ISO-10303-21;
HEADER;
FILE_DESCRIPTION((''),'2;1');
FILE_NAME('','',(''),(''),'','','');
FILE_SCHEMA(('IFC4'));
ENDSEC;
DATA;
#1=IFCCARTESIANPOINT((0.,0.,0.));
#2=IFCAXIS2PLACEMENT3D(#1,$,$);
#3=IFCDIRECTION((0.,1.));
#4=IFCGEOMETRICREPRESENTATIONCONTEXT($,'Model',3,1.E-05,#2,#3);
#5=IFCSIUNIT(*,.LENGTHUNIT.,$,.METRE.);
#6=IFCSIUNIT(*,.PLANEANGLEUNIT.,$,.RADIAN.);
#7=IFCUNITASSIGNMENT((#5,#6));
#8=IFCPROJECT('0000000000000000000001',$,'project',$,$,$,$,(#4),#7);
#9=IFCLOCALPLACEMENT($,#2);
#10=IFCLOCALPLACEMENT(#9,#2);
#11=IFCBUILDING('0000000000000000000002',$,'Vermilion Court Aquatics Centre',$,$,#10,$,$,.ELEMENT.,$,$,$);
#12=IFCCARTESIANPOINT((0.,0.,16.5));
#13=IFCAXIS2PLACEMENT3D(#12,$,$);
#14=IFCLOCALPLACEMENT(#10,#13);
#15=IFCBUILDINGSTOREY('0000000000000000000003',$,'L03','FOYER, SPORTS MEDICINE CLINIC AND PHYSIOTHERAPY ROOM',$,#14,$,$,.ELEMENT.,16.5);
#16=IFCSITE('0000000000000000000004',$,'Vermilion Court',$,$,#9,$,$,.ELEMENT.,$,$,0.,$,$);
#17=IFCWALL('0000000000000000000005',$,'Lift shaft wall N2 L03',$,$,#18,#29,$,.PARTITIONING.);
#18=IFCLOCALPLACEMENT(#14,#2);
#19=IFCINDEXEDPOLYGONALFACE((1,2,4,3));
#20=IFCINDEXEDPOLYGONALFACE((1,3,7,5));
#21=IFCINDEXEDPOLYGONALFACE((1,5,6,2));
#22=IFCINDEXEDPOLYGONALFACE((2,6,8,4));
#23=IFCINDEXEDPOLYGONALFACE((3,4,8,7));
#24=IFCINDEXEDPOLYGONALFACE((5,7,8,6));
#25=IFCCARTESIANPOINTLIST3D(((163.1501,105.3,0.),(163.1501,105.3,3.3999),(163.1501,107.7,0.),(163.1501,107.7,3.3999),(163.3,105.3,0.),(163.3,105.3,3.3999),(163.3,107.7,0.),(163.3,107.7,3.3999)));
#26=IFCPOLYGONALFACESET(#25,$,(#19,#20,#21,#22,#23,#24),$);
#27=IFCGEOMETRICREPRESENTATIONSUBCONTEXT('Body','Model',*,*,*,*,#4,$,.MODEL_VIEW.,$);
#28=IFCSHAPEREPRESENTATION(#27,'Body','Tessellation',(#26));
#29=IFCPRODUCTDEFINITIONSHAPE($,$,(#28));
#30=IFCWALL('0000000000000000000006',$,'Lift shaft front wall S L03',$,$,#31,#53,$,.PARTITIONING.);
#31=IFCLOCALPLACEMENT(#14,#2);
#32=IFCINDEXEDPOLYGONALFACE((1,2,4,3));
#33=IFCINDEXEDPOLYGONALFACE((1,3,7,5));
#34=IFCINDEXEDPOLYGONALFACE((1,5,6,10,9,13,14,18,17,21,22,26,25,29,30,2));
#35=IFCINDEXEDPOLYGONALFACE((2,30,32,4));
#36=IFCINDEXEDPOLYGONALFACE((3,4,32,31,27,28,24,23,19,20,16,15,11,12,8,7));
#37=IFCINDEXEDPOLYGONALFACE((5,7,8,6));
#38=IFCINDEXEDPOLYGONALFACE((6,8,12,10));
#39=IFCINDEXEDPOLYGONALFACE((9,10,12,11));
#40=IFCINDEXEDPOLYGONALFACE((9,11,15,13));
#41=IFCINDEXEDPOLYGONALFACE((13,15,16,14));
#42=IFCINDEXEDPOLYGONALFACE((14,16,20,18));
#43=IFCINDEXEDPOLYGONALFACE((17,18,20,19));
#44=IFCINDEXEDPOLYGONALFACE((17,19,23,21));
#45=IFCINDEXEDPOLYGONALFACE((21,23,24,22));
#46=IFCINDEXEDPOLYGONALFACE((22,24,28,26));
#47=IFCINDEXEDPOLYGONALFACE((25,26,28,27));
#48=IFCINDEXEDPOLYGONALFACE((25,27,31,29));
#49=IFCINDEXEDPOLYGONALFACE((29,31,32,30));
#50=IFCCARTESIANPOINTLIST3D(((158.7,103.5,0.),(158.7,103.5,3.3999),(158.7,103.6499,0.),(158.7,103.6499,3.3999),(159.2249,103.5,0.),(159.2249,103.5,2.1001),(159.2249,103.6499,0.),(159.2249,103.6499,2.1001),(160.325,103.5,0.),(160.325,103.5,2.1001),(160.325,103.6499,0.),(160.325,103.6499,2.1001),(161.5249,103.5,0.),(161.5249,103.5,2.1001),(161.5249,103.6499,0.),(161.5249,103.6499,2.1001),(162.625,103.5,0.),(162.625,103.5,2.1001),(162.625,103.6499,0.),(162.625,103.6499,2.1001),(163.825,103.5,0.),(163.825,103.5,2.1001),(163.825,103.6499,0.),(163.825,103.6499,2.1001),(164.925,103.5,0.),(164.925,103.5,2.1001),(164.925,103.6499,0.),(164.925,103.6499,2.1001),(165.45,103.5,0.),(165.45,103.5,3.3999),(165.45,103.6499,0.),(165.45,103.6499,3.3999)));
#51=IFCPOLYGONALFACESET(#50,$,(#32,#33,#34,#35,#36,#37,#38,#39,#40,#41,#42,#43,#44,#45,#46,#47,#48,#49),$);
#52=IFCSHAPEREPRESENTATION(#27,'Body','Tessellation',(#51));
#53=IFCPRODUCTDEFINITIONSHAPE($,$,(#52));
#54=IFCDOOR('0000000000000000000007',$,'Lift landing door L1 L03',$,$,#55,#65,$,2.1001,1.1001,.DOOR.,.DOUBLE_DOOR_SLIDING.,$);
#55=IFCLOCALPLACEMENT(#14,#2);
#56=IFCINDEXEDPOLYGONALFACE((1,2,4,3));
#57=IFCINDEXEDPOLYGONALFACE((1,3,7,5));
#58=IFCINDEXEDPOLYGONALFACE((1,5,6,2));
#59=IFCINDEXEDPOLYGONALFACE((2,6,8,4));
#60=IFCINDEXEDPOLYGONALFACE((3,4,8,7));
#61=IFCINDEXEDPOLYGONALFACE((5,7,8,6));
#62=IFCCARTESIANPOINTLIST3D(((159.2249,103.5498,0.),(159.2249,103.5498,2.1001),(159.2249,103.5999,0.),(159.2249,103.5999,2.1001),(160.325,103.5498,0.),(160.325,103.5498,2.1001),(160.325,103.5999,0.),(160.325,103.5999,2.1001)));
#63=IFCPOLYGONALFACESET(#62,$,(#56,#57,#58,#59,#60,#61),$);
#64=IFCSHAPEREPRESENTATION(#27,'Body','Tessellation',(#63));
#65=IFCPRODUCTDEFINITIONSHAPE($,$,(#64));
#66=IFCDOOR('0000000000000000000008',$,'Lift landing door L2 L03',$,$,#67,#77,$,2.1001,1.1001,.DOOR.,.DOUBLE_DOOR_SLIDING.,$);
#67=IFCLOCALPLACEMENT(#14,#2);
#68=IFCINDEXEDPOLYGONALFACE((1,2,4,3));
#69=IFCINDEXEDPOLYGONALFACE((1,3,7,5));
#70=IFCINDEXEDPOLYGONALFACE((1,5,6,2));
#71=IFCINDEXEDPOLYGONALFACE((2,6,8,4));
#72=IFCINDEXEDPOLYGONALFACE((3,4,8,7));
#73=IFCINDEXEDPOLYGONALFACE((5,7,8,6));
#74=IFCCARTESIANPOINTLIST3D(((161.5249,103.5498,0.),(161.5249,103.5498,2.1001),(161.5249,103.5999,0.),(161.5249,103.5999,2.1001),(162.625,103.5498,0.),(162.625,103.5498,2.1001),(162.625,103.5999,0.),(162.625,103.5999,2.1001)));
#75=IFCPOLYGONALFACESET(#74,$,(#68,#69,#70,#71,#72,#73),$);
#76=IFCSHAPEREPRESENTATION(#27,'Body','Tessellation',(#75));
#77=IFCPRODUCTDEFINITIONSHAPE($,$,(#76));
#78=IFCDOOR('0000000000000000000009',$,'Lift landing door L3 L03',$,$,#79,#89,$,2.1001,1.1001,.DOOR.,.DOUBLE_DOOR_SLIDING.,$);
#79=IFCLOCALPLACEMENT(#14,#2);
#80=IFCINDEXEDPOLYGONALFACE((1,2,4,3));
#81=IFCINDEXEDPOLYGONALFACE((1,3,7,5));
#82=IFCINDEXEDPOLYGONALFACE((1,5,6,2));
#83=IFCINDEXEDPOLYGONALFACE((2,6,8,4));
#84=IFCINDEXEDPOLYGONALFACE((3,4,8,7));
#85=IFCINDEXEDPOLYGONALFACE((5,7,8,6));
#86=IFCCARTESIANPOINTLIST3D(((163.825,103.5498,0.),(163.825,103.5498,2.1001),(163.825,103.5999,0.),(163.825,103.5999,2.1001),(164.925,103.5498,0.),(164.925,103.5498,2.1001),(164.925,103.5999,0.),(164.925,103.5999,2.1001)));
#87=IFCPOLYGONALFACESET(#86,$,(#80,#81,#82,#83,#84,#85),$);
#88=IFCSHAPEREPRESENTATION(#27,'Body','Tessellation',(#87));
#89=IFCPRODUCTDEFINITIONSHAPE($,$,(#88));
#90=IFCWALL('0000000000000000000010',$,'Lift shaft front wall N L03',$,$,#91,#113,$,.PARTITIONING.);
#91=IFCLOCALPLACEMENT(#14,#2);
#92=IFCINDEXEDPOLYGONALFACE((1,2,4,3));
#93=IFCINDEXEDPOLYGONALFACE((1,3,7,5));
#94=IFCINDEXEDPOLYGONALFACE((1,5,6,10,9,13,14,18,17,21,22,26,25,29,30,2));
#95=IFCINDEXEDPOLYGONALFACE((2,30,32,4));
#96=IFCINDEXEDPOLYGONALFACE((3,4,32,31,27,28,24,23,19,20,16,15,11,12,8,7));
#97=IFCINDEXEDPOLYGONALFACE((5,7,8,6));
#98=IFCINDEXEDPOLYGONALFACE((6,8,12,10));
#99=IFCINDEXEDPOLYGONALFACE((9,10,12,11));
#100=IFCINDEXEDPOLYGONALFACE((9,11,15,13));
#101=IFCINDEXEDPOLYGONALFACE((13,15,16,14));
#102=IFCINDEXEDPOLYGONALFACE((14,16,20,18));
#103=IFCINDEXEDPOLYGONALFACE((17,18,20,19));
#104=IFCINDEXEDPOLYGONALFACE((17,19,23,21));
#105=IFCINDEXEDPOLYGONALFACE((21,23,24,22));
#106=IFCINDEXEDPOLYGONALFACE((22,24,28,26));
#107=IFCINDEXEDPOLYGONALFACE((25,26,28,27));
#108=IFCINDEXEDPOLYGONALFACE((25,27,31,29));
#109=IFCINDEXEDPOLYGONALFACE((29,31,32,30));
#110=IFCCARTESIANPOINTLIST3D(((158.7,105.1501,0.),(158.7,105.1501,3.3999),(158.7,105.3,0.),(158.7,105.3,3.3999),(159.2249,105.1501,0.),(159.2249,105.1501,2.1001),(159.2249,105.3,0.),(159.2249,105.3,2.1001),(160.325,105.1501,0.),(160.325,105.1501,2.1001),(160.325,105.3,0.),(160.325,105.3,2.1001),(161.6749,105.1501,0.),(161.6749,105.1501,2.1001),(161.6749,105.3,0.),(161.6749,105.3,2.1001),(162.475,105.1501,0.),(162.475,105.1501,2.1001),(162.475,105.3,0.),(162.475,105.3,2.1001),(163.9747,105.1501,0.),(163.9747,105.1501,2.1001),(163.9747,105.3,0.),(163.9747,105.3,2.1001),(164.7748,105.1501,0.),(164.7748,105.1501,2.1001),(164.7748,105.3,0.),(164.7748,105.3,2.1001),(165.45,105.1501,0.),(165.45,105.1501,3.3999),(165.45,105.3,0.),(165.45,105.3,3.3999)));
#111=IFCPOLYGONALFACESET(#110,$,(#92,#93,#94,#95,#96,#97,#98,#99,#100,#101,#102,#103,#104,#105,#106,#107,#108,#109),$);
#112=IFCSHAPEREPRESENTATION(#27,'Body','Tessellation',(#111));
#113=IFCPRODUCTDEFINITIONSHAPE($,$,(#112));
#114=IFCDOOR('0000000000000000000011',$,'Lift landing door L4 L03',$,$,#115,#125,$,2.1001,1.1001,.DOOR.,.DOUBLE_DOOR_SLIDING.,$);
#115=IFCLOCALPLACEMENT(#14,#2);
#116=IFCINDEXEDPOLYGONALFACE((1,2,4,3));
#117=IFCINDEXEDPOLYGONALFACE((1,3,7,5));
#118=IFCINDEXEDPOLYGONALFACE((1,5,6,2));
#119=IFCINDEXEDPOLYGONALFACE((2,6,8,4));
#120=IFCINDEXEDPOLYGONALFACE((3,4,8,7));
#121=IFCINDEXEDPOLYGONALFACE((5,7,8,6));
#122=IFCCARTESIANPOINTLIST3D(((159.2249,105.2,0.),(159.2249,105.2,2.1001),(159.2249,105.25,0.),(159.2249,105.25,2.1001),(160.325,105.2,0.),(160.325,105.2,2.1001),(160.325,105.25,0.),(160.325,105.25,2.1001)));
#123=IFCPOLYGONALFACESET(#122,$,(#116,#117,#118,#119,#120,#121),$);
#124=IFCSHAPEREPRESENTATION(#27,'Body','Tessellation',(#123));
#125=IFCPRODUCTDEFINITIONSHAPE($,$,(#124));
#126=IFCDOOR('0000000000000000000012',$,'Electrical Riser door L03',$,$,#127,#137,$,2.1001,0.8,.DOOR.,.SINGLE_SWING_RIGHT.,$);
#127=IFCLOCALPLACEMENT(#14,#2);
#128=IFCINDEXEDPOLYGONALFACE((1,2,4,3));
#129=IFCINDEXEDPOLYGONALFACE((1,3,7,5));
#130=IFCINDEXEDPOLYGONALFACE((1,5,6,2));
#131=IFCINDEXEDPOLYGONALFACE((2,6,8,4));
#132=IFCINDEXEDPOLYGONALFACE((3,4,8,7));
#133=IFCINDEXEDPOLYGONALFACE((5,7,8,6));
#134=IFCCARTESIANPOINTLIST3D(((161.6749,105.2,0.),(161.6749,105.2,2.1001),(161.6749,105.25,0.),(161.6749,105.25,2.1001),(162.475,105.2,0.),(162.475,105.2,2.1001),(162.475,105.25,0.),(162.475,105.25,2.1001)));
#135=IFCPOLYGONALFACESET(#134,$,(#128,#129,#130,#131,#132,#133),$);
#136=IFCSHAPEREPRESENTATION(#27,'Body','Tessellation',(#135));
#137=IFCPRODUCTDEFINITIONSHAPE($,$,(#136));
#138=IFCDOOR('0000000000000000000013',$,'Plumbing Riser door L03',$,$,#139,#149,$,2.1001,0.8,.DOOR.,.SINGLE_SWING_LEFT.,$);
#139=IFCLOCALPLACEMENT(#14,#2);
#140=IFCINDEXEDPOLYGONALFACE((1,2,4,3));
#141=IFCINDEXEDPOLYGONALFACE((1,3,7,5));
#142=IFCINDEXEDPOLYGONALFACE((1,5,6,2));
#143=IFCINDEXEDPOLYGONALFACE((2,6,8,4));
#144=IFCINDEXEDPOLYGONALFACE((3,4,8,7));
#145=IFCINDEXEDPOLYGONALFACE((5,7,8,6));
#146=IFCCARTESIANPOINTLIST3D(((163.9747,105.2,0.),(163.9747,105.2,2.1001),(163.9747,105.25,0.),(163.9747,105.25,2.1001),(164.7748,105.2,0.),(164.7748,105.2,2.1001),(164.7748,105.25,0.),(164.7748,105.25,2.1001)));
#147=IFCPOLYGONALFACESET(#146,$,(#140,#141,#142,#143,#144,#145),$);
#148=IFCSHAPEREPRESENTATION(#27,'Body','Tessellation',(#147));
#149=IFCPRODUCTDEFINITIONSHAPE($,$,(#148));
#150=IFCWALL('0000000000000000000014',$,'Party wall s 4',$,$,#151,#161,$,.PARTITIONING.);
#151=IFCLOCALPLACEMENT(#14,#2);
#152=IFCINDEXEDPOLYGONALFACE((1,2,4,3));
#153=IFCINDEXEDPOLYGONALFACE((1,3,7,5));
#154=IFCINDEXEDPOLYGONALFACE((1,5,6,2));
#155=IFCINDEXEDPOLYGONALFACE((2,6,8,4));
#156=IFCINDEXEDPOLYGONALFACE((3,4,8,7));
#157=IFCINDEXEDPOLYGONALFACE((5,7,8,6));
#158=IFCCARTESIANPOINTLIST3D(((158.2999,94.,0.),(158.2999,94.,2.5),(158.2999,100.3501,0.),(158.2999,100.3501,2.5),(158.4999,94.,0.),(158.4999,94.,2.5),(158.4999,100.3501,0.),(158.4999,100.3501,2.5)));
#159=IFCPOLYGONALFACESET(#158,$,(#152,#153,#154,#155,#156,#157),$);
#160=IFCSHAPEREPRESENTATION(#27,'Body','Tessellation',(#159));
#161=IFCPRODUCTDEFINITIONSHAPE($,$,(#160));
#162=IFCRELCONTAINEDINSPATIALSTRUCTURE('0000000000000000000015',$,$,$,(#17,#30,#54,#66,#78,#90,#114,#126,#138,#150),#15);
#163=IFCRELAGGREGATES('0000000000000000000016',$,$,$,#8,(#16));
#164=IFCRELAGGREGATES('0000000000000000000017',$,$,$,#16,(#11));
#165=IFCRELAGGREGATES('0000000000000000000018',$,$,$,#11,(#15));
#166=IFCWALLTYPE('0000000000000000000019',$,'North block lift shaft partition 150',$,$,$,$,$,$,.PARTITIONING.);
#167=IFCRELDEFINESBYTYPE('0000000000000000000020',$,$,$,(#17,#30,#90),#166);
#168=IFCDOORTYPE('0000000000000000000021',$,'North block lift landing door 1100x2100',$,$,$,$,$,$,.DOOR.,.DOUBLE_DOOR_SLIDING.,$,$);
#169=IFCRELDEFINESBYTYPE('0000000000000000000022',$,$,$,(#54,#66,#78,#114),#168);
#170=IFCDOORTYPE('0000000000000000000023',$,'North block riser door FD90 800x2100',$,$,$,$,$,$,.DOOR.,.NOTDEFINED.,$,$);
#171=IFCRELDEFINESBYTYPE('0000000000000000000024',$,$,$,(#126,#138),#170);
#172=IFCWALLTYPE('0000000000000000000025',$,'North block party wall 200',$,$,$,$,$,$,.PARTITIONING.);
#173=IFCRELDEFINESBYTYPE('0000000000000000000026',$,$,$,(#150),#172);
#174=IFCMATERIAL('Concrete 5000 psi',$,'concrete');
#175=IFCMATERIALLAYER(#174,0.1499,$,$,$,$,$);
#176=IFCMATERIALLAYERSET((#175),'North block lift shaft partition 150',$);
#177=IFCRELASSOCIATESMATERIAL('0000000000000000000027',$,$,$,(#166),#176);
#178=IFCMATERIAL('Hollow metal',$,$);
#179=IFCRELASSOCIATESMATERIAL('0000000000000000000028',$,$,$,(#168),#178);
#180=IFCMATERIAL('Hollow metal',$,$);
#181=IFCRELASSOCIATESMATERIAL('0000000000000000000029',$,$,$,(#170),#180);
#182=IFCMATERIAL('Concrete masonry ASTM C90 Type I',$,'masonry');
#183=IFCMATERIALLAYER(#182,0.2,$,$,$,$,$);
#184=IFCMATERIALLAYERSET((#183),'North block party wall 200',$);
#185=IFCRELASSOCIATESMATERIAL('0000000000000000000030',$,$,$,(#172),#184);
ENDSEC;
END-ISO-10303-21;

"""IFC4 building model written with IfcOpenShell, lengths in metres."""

from ifc_helpers import new_model, si_unit, direction, frame, frame_2d, origin, place, context, subcontext, project, spatial, rectangle, extrude, material, layer, layer_set, type_object, element, fill, save


model = new_model("IFC4")

# Units and contexts
model_context = context("Model", 3, precision=1e-05, world=origin(), true_north=direction((0.0, 1.0)))
body_context = subcontext(model_context, "Body", "Model", "MODEL_VIEW")
ifc_project = project(units=[si_unit("LENGTHUNIT", "METRE"), si_unit("PLANEANGLEUNIT", "RADIAN")], contexts=[model_context])

# Site, building, storey
site_placement = place(None, origin())
site = spatial("IfcSite", under=ifc_project, at=site_placement, Name="Vermilion Court", CompositionType="ELEMENT", RefElevation=0.0)
building_placement = place(site_placement, origin())
building = spatial("IfcBuilding", under=site, at=building_placement, Name="Vermilion Court Aquatics Centre", CompositionType="ELEMENT")
storey_placement = place(building_placement, frame((0.0, 0.0, 16.5)))
storey = spatial("IfcBuildingStorey", under=building, at=storey_placement, Name="L03", Description="FOYER, SPORTS MEDICINE CLINIC AND PHYSIOTHERAPY ROOM", CompositionType="ELEMENT", Elevation=16.5)

# Wall
ifc_material_1 = material(Name="Concrete 5000 psi", Category="concrete")
ifc_layer_1 = layer(ifc_material_1, 0.1499)
ifc_layer_set_1 = layer_set([ifc_layer_1], Name="North block lift shaft partition 150")
wall_type_1 = type_object("IfcWallType", Name="North block lift shaft partition 150", PredefinedType="PARTITIONING", material=ifc_layer_set_1)
for number, where, z_axis, x_axis, name in (
    (1, (163.2251, 105.3, 0.0), (0.0, 0.0, 1.0), (0.0, 1.0, 0.0), "Lift shaft wall N2 L03"),
):
    element("IfcWall", number, at=place(storey_placement, frame(where, z_axis=z_axis, x_axis=x_axis)), inside=storey, type_object=wall_type_1, Name=name, PredefinedType="PARTITIONING", context=body_context, shape_type="SweptSolid", body=[
        extrude(rectangle(XDim=2.3999, YDim=0.1499, at=frame_2d((1.2, 0.0))), origin(), (0.0, 0.0, 1.0), 3.3999),
    ])

# Walls, openings, doors
wall_1_placement = place(storey_placement, frame((158.7, 103.575, 0.0), z_axis=(0.0, 0.0, 1.0), x_axis=(1.0, 0.0, 0.0)))
wall_1 = element("IfcWall", 2, at=wall_1_placement, inside=storey, type_object=wall_type_1, Name="Lift shaft front wall S L03", PredefinedType="PARTITIONING", context=body_context, shape_type="SweptSolid", body=[
    extrude(rectangle(XDim=6.75, YDim=0.1499, at=frame_2d((3.375, 0.0))), origin(), (0.0, 0.0, 1.0), 3.3999),
])
opening_1_placement = place(wall_1_placement, frame((0.5249, 0.0, 0.0)))
opening_1 = element("IfcOpeningElement", 3, at=opening_1_placement, cuts=wall_1, PredefinedType="OPENING", context=body_context, shape_type="SweptSolid", body=[
    extrude(rectangle(XDim=1.1001, YDim=2.1001, at=frame_2d((0.55, 1.05))), frame((0.0, 0.085, 0.0), z_axis=(0.0, -1.0, 0.0), x_axis=(1.0, 0.0, 0.0)), (0.0, 0.0, 1.0), 0.1699),
])
opening_2_placement = place(wall_1_placement, frame((2.825, 0.0, 0.0)))
opening_2 = element("IfcOpeningElement", 4, at=opening_2_placement, cuts=wall_1, PredefinedType="OPENING", context=body_context, shape_type="SweptSolid", body=[
    extrude(rectangle(XDim=1.1001, YDim=2.1001, at=frame_2d((0.55, 1.05))), frame((0.0, 0.085, 0.0), z_axis=(0.0, -1.0, 0.0), x_axis=(1.0, 0.0, 0.0)), (0.0, 0.0, 1.0), 0.1699),
])
opening_3_placement = place(wall_1_placement, frame((5.125, 0.0, 0.0)))
opening_3 = element("IfcOpeningElement", 5, at=opening_3_placement, cuts=wall_1, PredefinedType="OPENING", context=body_context, shape_type="SweptSolid", body=[
    extrude(rectangle(XDim=1.1001, YDim=2.1001, at=frame_2d((0.55, 1.05))), frame((0.0, 0.085, 0.0), z_axis=(0.0, -1.0, 0.0), x_axis=(1.0, 0.0, 0.0)), (0.0, 0.0, 1.0), 0.1699),
])
ifc_material_2 = material(Name="Hollow metal")
door_type_1 = type_object("IfcDoorType", Name="North block lift landing door 1100x2100", OperationType="DOUBLE_DOOR_SLIDING", PredefinedType="DOOR", material=ifc_material_2)
door_1_placement = place(opening_1_placement, origin())
door_1 = element("IfcDoor", 6, at=door_1_placement, inside=storey, type_object=door_type_1, Name="Lift landing door L1 L03", OperationType="DOUBLE_DOOR_SLIDING", OverallHeight=2.1001, OverallWidth=1.1001, PredefinedType="DOOR", context=body_context, shape_type="SweptSolid", body=[
    extrude(rectangle(XDim=1.1001, YDim=2.1001, at=frame_2d((0.55, 1.05))), frame((0.0, 0.0249, 0.0), z_axis=(0.0, -1.0, 0.0), x_axis=(1.0, 0.0, 0.0)), (0.0, 0.0, 1.0), 0.05),
])
fill(opening_1, door_1)
door_2_placement = place(opening_2_placement, origin())
door_2 = element("IfcDoor", 7, at=door_2_placement, inside=storey, type_object=door_type_1, Name="Lift landing door L2 L03", OperationType="DOUBLE_DOOR_SLIDING", OverallHeight=2.1001, OverallWidth=1.1001, PredefinedType="DOOR", context=body_context, shape_type="SweptSolid", body=[
    extrude(rectangle(XDim=1.1001, YDim=2.1001, at=frame_2d((0.55, 1.05))), frame((0.0, 0.0249, 0.0), z_axis=(0.0, -1.0, 0.0), x_axis=(1.0, 0.0, 0.0)), (0.0, 0.0, 1.0), 0.05),
])
fill(opening_2, door_2)
door_3_placement = place(opening_3_placement, origin())
door_3 = element("IfcDoor", 8, at=door_3_placement, inside=storey, type_object=door_type_1, Name="Lift landing door L3 L03", OperationType="DOUBLE_DOOR_SLIDING", OverallHeight=2.1001, OverallWidth=1.1001, PredefinedType="DOOR", context=body_context, shape_type="SweptSolid", body=[
    extrude(rectangle(XDim=1.1001, YDim=2.1001, at=frame_2d((0.55, 1.05))), frame((0.0, 0.0249, 0.0), z_axis=(0.0, -1.0, 0.0), x_axis=(1.0, 0.0, 0.0)), (0.0, 0.0, 1.0), 0.05),
])
fill(opening_3, door_3)
wall_2_placement = place(storey_placement, frame((158.7, 105.2251, 0.0), z_axis=(0.0, 0.0, 1.0), x_axis=(1.0, 0.0, 0.0)))
wall_2 = element("IfcWall", 9, at=wall_2_placement, inside=storey, type_object=wall_type_1, Name="Lift shaft front wall N L03", PredefinedType="PARTITIONING", context=body_context, shape_type="SweptSolid", body=[
    extrude(rectangle(XDim=6.75, YDim=0.1499, at=frame_2d((3.375, 0.0))), origin(), (0.0, 0.0, 1.0), 3.3999),
])
opening_4_placement = place(wall_2_placement, frame((0.5249, 0.0, 0.0)))
opening_4 = element("IfcOpeningElement", 10, at=opening_4_placement, cuts=wall_2, PredefinedType="OPENING", context=body_context, shape_type="SweptSolid", body=[
    extrude(rectangle(XDim=1.1001, YDim=2.1001, at=frame_2d((0.55, 1.05))), frame((0.0, 0.085, 0.0), z_axis=(0.0, -1.0, 0.0), x_axis=(1.0, 0.0, 0.0)), (0.0, 0.0, 1.0), 0.1699),
])
opening_5_placement = place(wall_2_placement, frame((2.9751, 0.0, 0.0)))
opening_5 = element("IfcOpeningElement", 11, at=opening_5_placement, cuts=wall_2, PredefinedType="OPENING", context=body_context, shape_type="SweptSolid", body=[
    extrude(rectangle(XDim=0.8, YDim=2.1001, at=frame_2d((0.3999, 1.05))), frame((0.0, 0.085, 0.0), z_axis=(0.0, -1.0, 0.0), x_axis=(1.0, 0.0, 0.0)), (0.0, 0.0, 1.0), 0.1699),
])
opening_6_placement = place(wall_2_placement, frame((5.2749, 0.0, 0.0)))
opening_6 = element("IfcOpeningElement", 12, at=opening_6_placement, cuts=wall_2, PredefinedType="OPENING", context=body_context, shape_type="SweptSolid", body=[
    extrude(rectangle(XDim=0.8, YDim=2.1001, at=frame_2d((0.3999, 1.05))), frame((0.0, 0.085, 0.0), z_axis=(0.0, -1.0, 0.0), x_axis=(1.0, 0.0, 0.0)), (0.0, 0.0, 1.0), 0.1699),
])
door_4_placement = place(opening_4_placement, origin())
door_4 = element("IfcDoor", 13, at=door_4_placement, inside=storey, type_object=door_type_1, Name="Lift landing door L4 L03", OperationType="DOUBLE_DOOR_SLIDING", OverallHeight=2.1001, OverallWidth=1.1001, PredefinedType="DOOR", context=body_context, shape_type="SweptSolid", body=[
    extrude(rectangle(XDim=1.1001, YDim=2.1001, at=frame_2d((0.55, 1.05))), frame((0.0, 0.0249, 0.0), z_axis=(0.0, -1.0, 0.0), x_axis=(1.0, 0.0, 0.0)), (0.0, 0.0, 1.0), 0.05),
])
fill(opening_4, door_4)
ifc_material_3 = material(Name="Hollow metal")
door_type_2 = type_object("IfcDoorType", Name="North block riser door FD90 800x2100", OperationType="NOTDEFINED", PredefinedType="DOOR", material=ifc_material_3)
door_5_placement = place(opening_5_placement, frame((0.8, 0.0, 0.0), z_axis=(0.0, 0.0, 1.0), x_axis=(-1.0, 0.0, 0.0)))
door_5 = element("IfcDoor", 14, at=door_5_placement, inside=storey, type_object=door_type_2, Name="Electrical Riser door L03", OperationType="SINGLE_SWING_RIGHT", OverallHeight=2.1001, OverallWidth=0.8, PredefinedType="DOOR", context=body_context, shape_type="SweptSolid", body=[
    extrude(rectangle(XDim=0.8, YDim=2.1001, at=frame_2d((0.4001, 1.05))), frame((0.0, 0.0251, 0.0), z_axis=(0.0, -1.0, 0.0), x_axis=(1.0, 0.0, 0.0)), (0.0, 0.0, 1.0), 0.05),
])
fill(opening_5, door_5)
door_6_placement = place(opening_6_placement, frame((0.8, 0.0, 0.0), z_axis=(0.0, 0.0, 1.0), x_axis=(-1.0, 0.0, 0.0)))
door_6 = element("IfcDoor", 15, at=door_6_placement, inside=storey, type_object=door_type_2, Name="Plumbing Riser door L03", OperationType="SINGLE_SWING_LEFT", OverallHeight=2.1001, OverallWidth=0.8, PredefinedType="DOOR", context=body_context, shape_type="SweptSolid", body=[
    extrude(rectangle(XDim=0.8, YDim=2.1001, at=frame_2d((0.4001, 1.05))), frame((0.0, 0.0251, 0.0), z_axis=(0.0, -1.0, 0.0), x_axis=(1.0, 0.0, 0.0)), (0.0, 0.0, 1.0), 0.05),
])
fill(opening_6, door_6)

# Wall
ifc_material_4 = material(Name="Concrete masonry ASTM C90 Type I", Category="masonry")
ifc_layer_2 = layer(ifc_material_4, 0.2)
ifc_layer_set_2 = layer_set([ifc_layer_2], Name="North block party wall 200")
wall_type_2 = type_object("IfcWallType", Name="North block party wall 200", PredefinedType="PARTITIONING", material=ifc_layer_set_2)
wall_3_placement = place(storey_placement, frame((158.3999, 94.0, 0.0), z_axis=(0.0, 0.0, 1.0), x_axis=(0.0, 1.0, 0.0)))
element("IfcWall", 16, at=wall_3_placement, inside=storey, type_object=wall_type_2, Name="Party wall s 4", PredefinedType="PARTITIONING", context=body_context, shape_type="SweptSolid", body=[
    extrude(rectangle(XDim=6.3501, YDim=0.2, at=frame_2d((3.175, 0.0))), origin(), (0.0, 0.0, 1.0), 2.5),
])

save(model, "model.ifc")
